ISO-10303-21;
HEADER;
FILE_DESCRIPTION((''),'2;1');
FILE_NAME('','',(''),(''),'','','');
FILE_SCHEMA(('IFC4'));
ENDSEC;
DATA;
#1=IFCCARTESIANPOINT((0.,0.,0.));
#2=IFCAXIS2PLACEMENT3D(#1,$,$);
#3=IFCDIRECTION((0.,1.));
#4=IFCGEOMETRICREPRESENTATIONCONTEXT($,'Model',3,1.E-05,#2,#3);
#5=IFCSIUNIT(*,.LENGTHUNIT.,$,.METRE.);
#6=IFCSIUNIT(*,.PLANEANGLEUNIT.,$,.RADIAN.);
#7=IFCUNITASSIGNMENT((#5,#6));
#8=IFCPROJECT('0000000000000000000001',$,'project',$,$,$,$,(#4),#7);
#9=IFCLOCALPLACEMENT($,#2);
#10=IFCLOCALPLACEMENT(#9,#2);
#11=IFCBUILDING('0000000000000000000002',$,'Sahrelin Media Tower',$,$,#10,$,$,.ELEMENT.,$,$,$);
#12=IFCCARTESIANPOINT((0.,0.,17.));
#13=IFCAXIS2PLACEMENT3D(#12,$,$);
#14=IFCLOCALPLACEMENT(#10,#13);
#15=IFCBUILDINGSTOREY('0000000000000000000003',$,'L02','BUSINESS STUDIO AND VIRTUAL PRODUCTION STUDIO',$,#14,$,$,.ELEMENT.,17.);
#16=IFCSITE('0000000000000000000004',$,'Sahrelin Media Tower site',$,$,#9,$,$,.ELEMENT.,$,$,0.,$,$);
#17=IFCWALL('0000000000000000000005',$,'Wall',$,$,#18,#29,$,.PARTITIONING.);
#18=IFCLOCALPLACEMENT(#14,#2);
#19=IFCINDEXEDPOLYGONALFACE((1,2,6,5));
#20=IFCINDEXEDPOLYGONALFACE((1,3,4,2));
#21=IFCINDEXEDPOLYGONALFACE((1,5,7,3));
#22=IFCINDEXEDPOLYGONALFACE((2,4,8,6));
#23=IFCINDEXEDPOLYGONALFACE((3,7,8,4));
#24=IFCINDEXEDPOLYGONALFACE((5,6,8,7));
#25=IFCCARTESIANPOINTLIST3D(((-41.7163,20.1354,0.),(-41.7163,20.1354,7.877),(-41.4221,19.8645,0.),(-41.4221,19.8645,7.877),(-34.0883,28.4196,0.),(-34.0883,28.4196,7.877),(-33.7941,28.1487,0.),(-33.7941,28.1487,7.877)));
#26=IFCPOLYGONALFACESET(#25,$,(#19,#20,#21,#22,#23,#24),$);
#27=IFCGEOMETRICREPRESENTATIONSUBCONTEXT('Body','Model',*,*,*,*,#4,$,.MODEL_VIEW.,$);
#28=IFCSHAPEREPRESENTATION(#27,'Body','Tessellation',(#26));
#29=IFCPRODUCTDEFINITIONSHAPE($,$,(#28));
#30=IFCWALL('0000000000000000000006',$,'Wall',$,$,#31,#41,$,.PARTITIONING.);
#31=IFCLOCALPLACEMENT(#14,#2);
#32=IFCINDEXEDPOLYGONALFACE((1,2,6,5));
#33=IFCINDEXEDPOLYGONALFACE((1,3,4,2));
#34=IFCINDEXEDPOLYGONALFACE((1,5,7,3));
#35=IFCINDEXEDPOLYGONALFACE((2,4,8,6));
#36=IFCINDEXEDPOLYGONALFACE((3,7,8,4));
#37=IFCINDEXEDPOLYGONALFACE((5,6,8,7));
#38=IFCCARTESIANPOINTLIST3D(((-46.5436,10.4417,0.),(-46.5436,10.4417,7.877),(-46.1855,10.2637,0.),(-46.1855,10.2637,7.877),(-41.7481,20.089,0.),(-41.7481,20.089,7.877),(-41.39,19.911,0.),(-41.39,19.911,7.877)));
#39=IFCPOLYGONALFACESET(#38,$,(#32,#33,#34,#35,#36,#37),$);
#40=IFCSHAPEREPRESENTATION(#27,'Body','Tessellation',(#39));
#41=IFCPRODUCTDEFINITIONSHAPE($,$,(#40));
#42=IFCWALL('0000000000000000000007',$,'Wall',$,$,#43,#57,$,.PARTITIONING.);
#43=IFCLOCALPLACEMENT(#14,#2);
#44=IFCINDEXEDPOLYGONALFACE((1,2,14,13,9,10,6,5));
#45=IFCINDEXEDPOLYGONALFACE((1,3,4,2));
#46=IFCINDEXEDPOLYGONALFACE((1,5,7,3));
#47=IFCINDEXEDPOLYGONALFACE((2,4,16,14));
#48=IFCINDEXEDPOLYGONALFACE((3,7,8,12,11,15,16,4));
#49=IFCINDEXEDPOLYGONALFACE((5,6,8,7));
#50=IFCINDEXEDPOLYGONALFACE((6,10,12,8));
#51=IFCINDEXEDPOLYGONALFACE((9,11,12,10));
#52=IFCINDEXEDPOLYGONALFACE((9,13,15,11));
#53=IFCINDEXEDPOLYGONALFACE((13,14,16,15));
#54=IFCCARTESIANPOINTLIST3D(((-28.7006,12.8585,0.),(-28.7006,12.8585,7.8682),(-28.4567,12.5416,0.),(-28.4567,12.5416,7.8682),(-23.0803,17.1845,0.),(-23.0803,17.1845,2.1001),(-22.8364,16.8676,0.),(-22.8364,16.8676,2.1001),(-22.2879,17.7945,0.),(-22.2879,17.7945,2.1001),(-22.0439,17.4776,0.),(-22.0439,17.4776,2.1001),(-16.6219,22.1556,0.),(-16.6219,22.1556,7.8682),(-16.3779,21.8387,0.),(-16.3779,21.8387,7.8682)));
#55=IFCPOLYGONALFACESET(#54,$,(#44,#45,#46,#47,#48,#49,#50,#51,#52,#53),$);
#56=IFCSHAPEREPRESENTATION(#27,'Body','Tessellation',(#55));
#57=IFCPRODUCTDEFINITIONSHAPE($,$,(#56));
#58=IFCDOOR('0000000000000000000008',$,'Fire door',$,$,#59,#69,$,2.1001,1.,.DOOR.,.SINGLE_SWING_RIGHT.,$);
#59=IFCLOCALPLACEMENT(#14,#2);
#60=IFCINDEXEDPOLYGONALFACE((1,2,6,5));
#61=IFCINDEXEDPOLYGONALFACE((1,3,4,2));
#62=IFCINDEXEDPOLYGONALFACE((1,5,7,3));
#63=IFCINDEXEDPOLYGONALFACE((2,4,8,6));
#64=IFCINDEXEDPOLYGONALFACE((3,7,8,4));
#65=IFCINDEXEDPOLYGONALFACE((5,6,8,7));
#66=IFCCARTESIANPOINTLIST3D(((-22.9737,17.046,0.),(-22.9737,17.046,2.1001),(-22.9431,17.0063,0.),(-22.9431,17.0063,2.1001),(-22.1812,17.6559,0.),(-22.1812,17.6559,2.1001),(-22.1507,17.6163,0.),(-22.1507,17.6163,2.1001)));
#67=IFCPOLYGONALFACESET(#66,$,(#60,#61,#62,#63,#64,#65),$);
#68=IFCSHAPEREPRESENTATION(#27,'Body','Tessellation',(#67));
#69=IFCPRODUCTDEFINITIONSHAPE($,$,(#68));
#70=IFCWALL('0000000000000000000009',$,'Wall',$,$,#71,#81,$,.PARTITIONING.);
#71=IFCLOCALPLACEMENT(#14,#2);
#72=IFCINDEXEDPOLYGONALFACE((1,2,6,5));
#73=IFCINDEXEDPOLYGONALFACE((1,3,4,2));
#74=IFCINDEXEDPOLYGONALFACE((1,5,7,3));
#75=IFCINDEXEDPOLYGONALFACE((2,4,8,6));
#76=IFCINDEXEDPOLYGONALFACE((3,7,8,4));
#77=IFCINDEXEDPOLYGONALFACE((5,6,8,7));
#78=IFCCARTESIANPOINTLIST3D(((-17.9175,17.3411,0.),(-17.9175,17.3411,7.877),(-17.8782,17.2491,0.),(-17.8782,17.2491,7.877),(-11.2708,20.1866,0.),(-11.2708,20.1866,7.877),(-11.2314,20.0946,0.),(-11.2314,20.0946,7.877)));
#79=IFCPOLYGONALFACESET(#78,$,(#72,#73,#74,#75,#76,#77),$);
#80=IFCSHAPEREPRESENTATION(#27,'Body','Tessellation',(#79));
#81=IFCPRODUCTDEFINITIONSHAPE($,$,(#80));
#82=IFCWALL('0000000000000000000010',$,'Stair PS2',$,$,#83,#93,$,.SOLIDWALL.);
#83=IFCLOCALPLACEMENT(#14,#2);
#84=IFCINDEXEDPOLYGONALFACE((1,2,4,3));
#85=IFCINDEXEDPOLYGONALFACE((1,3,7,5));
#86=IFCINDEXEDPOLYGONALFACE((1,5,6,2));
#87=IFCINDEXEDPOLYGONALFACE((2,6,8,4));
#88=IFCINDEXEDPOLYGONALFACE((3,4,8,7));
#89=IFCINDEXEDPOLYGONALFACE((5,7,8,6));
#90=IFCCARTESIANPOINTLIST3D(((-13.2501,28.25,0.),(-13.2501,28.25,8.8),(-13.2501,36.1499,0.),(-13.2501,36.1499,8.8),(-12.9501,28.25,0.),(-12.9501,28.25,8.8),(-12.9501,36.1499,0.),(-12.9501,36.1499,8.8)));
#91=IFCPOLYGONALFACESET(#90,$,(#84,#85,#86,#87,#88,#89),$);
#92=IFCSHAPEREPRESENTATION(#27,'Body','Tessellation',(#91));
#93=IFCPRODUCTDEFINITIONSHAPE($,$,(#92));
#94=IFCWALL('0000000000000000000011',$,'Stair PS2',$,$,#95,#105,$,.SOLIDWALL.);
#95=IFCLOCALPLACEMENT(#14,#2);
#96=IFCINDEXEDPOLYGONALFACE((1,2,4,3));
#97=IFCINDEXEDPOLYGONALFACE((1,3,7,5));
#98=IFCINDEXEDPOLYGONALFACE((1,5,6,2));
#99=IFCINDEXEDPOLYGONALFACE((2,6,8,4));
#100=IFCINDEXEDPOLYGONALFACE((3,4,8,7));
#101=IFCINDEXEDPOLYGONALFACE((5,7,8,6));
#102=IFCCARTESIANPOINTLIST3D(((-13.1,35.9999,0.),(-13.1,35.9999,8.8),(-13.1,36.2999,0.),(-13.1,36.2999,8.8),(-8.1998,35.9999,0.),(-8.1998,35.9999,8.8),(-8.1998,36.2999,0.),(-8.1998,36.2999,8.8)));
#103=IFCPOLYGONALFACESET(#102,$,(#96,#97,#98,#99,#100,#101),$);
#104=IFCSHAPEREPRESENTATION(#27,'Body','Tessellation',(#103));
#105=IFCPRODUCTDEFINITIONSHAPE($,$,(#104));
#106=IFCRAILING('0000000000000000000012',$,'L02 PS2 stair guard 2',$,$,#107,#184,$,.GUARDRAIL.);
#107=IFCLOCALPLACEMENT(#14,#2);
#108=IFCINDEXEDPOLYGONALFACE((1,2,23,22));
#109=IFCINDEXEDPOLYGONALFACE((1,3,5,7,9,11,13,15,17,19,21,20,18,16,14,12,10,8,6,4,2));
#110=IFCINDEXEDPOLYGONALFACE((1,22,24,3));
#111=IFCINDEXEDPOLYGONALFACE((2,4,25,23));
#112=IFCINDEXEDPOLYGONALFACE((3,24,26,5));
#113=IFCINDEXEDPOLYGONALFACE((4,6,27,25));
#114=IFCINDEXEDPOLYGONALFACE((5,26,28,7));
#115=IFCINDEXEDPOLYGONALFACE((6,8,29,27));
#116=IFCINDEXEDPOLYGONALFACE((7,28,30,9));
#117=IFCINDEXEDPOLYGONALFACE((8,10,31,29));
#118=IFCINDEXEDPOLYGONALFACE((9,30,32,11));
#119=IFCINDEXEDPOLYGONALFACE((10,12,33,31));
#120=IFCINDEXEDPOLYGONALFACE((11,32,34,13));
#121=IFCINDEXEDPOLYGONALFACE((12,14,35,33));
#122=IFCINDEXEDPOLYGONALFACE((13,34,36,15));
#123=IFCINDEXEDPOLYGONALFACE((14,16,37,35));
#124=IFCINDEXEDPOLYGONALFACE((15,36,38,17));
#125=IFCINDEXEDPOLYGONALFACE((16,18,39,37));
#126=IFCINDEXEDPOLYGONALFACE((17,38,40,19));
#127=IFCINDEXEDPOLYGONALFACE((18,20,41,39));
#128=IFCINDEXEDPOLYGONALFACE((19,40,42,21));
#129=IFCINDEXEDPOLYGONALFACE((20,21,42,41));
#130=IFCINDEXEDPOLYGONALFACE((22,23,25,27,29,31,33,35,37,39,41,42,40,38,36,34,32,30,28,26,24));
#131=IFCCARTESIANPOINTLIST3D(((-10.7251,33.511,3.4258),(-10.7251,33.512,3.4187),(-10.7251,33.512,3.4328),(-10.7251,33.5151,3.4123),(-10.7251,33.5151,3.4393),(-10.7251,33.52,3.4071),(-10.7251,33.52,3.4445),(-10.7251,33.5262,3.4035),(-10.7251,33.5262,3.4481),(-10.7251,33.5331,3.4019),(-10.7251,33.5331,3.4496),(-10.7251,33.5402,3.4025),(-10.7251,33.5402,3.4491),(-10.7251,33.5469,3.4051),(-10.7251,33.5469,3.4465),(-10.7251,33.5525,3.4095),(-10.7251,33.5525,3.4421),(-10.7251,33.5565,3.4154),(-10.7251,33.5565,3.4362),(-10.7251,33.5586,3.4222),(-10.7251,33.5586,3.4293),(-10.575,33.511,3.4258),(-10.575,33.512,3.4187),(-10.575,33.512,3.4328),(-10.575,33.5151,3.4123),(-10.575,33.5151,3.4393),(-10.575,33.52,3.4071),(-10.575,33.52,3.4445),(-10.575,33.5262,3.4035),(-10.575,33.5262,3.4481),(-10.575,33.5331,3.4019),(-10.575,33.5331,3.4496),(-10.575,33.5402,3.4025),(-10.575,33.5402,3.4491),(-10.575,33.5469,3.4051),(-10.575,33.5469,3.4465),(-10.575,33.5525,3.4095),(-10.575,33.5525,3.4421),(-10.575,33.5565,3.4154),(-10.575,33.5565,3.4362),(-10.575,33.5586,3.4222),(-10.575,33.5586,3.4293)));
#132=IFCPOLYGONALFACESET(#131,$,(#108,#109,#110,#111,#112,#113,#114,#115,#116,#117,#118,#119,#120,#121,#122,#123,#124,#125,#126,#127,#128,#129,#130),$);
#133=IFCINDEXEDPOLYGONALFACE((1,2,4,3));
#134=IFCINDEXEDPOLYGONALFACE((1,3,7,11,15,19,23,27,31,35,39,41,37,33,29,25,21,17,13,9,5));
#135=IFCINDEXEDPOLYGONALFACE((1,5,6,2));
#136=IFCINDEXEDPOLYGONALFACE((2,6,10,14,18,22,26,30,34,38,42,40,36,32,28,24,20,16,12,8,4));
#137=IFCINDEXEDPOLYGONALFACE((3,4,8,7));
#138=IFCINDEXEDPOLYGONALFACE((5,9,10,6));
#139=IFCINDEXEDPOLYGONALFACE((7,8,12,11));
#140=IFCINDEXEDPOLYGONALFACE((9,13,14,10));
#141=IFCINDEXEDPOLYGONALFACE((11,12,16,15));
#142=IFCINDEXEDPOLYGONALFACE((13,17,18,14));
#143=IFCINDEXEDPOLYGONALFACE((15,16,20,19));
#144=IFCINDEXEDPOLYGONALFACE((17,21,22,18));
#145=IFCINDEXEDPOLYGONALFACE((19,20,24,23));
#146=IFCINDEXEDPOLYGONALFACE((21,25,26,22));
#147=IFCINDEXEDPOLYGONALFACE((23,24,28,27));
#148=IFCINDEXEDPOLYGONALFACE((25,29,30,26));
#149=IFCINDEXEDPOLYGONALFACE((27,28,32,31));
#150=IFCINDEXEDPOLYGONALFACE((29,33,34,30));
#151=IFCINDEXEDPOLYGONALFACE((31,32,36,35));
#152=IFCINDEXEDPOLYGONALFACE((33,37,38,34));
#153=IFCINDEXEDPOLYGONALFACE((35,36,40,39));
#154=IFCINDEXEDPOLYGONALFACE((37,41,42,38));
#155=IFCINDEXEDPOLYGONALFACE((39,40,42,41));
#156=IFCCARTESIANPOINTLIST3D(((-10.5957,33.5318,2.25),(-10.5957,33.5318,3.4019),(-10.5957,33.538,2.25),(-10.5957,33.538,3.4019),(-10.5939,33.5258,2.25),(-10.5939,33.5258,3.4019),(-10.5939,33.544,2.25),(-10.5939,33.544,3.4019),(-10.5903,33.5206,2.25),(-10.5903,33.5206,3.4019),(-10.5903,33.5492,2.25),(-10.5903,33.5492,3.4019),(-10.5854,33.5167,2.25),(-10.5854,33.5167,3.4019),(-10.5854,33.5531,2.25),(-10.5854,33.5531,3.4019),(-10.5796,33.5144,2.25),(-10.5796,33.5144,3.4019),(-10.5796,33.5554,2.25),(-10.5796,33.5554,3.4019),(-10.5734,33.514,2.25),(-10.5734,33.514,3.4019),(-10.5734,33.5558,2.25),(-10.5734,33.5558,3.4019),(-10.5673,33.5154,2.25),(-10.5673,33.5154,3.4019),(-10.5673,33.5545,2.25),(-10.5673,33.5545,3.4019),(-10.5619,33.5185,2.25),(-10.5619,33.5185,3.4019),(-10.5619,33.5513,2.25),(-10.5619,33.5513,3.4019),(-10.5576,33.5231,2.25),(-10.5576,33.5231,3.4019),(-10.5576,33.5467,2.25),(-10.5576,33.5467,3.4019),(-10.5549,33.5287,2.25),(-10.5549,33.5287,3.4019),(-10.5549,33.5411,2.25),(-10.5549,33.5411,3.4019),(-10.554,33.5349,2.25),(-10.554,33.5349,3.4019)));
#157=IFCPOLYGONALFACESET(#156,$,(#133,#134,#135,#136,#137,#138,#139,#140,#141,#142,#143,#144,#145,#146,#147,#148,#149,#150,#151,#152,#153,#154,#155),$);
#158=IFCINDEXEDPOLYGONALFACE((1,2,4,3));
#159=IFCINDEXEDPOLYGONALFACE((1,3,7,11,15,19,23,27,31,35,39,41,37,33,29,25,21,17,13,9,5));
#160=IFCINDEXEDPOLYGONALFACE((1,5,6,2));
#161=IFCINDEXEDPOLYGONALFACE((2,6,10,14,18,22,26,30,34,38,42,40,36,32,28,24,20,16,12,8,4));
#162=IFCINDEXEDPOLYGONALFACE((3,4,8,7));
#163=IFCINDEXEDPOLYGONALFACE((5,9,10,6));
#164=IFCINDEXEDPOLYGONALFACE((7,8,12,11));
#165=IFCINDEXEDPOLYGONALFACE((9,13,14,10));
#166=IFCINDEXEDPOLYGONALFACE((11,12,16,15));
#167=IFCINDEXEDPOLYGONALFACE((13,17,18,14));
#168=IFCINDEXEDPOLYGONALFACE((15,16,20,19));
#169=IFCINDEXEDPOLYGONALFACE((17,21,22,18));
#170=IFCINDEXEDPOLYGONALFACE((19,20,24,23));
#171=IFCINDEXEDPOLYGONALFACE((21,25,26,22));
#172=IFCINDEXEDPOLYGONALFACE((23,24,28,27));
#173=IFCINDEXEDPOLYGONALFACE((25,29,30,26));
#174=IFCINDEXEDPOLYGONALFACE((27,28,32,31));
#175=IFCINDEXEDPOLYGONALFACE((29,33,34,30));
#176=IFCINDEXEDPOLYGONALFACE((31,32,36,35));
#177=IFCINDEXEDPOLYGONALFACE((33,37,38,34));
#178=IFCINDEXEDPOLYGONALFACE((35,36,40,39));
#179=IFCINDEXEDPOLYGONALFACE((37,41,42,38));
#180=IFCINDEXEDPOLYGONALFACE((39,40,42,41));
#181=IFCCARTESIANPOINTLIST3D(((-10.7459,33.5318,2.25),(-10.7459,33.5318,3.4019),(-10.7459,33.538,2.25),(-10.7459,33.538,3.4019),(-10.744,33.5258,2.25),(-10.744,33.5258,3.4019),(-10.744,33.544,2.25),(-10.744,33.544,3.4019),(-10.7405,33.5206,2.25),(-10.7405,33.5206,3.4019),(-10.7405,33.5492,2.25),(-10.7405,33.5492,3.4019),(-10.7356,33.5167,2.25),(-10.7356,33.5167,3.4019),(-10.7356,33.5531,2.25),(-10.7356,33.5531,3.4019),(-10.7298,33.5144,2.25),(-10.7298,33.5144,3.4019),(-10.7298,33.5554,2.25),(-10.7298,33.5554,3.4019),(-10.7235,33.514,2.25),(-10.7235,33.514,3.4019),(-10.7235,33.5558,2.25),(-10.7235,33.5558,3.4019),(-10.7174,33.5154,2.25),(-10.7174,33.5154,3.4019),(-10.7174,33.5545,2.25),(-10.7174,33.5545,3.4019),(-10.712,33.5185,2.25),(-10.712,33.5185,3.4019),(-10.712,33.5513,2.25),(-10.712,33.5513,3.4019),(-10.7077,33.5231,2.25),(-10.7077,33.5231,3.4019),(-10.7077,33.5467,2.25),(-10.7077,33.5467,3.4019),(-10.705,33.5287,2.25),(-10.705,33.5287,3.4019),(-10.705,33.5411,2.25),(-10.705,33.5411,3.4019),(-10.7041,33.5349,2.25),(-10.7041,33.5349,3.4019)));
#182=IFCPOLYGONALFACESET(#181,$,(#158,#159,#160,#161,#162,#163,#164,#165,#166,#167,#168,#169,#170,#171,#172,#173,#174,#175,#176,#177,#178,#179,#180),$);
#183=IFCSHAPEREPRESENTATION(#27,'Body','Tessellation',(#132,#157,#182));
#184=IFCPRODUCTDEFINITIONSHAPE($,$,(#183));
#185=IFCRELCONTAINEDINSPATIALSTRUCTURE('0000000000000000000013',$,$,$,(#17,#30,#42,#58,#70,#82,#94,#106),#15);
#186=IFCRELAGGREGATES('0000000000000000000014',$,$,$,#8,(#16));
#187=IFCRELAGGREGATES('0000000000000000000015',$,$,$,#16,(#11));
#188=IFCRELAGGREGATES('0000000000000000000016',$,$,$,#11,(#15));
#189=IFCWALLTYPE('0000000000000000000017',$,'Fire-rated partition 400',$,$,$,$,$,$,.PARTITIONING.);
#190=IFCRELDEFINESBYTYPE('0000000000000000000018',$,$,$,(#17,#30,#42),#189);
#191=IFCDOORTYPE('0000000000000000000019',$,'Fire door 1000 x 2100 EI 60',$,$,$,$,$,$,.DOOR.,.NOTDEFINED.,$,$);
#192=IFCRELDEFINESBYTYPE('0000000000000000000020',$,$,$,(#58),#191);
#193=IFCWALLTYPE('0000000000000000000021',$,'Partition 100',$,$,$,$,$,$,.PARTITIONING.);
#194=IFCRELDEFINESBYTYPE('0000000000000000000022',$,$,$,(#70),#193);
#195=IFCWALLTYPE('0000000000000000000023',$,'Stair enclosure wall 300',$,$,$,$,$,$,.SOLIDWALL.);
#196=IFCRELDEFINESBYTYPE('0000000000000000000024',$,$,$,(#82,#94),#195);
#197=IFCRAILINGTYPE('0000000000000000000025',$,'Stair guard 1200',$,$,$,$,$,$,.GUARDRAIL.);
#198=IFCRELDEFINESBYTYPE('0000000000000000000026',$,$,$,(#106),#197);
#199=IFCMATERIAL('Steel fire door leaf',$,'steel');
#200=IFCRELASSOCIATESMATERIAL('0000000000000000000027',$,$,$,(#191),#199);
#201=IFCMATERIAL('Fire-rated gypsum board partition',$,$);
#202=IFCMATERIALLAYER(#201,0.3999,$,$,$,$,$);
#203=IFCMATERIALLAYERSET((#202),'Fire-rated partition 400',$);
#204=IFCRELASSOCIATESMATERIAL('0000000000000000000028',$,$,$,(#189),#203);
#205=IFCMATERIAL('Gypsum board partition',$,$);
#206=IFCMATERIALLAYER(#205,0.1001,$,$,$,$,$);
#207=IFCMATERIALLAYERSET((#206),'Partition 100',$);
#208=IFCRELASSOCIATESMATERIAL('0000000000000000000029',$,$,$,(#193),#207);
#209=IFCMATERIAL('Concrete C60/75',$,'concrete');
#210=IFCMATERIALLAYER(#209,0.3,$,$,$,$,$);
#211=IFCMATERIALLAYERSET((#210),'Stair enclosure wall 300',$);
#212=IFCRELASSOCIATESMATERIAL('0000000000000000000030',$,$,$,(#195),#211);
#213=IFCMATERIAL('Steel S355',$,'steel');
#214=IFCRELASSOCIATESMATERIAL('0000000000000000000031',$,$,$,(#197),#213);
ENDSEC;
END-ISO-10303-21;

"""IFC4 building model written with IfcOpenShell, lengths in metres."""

from ifc_helpers import new_model, si_unit, direction, frame, frame_2d, origin, origin_2d, place, context, subcontext, project, spatial, rectangle, circle, extrude, material, layer, layer_set, type_object, element, fill, save


model = new_model("IFC4")

# Units and contexts
model_context = context("Model", 3, precision=1e-05, world=origin(), true_north=direction((0.0, 1.0)))
body_context = subcontext(model_context, "Body", "Model", "MODEL_VIEW")
ifc_project = project(units=[si_unit("LENGTHUNIT", "METRE"), si_unit("PLANEANGLEUNIT", "RADIAN")], contexts=[model_context])

# Site, building, storey
site_placement = place(None, origin())
site = spatial("IfcSite", under=ifc_project, at=site_placement, Name="Sahrelin Media Tower site", CompositionType="ELEMENT", RefElevation=0.0)
building_placement = place(site_placement, origin())
building = spatial("IfcBuilding", under=site, at=building_placement, Name="Sahrelin Media Tower", CompositionType="ELEMENT")
storey_placement = place(building_placement, frame((0.0, 0.0, 17.0)))
storey = spatial("IfcBuildingStorey", under=building, at=storey_placement, Name="L02", Description="BUSINESS STUDIO AND VIRTUAL PRODUCTION STUDIO", CompositionType="ELEMENT", Elevation=17.0)

# Shared definitions
ifc_material_1 = material(Name="Steel S355", Category="steel")

# Shared definitions
ifc_material_2 = material(Name="Fire-rated gypsum board partition")
ifc_material_3 = material(Name="Steel fire door leaf", Category="steel")
door_type = type_object("IfcDoorType", Name="Fire door 1000 x 2100 EI 60", OperationType="NOTDEFINED", PredefinedType="DOOR", material=ifc_material_3)

# Walls
ifc_layer_1 = layer(ifc_material_2, 0.3999)
ifc_layer_set_1 = layer_set([ifc_layer_1], Name="Fire-rated partition 400")
wall_type_1 = type_object("IfcWallType", Name="Fire-rated partition 400", PredefinedType="PARTITIONING", material=ifc_layer_set_1)
wall_1_placement = place(storey_placement, frame((-33.9412, 28.2842, 0.0), z_axis=(0.0, 0.0, 1.0), x_axis=(-0.677368, -0.735644, 0.0)))
element("IfcWall", 1, at=wall_1_placement, inside=storey, type_object=wall_type_1, Name="Wall", PredefinedType="PARTITIONING", context=body_context, shape_type="SweptSolid", body=[
    extrude(rectangle(XDim=11.2612, YDim=0.3999, at=frame_2d((5.6306, 0.0))), origin(), (0.0, 0.0, 1.0), 7.877),
])
wall_2_placement = place(storey_placement, frame((-41.5691, 20.0, 0.0), z_axis=(0.0, 0.0, 1.0), x_axis=(-0.445118, -0.895472, 0.0)))
element("IfcWall", 2, at=wall_2_placement, inside=storey, type_object=wall_type_1, Name="Wall", PredefinedType="PARTITIONING", context=body_context, shape_type="SweptSolid", body=[
    extrude(rectangle(XDim=10.7734, YDim=0.3999, at=frame_2d((5.3867, 0.0))), origin(), (0.0, 0.0, 1.0), 7.877),
])

# Wall, opening, door
wall_3_placement = place(storey_placement, frame((-16.5, 21.9971, 0.0), z_axis=(0.0, 0.0, 1.0), x_axis=(-0.792444, -0.609945, 0.0)))
wall_3 = element("IfcWall", 3, at=wall_3_placement, inside=storey, type_object=wall_type_1, Name="Wall", PredefinedType="PARTITIONING", context=body_context, shape_type="SweptSolid", body=[
    extrude(rectangle(XDim=15.2424, YDim=0.3999, at=frame_2d((7.6211, 0.0))), origin(), (0.0, 0.0, 1.0), 7.8682),
])
opening_1_placement = place(wall_3_placement, frame((7.1499, 0.0, 0.0)))
opening_1 = element("IfcOpeningElement", 4, at=opening_1_placement, cuts=wall_3, PredefinedType="OPENING", context=body_context, shape_type="SweptSolid", body=[
    extrude(rectangle(XDim=1.0, YDim=2.1001, at=frame_2d((0.5, 1.05))), frame((0.0, 0.2, 0.0), z_axis=(0.0, -1.0, 0.0), x_axis=(1.0, 0.0, 0.0)), (0.0, 0.0, 1.0), 0.3999),
])
door_1_placement = place(opening_1_placement, origin())
door_1 = element("IfcDoor", 5, at=door_1_placement, inside=storey, type_object=door_type, Name="Fire door", OperationType="SINGLE_SWING_RIGHT", OverallHeight=2.1001, OverallWidth=1.0, PredefinedType="DOOR", context=body_context, shape_type="SweptSolid", body=[
    extrude(rectangle(XDim=1.0, YDim=2.1001, at=frame_2d((0.5, 1.05))), frame((0.0, 0.0249, 0.0), z_axis=(0.0, -1.0, 0.0), x_axis=(1.0, 0.0, 0.0)), (0.0, 0.0, 1.0), 0.05),
])
fill(opening_1, door_1)

# Walls
ifc_material_4 = material(Name="Gypsum board partition")
ifc_layer_2 = layer(ifc_material_4, 0.1001)
ifc_layer_set_2 = layer_set([ifc_layer_2], Name="Partition 100")
wall_type_2 = type_object("IfcWallType", Name="Partition 100", PredefinedType="PARTITIONING", material=ifc_layer_set_2)
wall_4_placement = place(storey_placement, frame((-11.251, 20.1406, 0.0), z_axis=(0.0, 0.0, 1.0), x_axis=(-0.919302, -0.393552, 0.0)))
element("IfcWall", 6, at=wall_4_placement, inside=storey, type_object=wall_type_2, Name="Wall", PredefinedType="PARTITIONING", context=body_context, shape_type="SweptSolid", body=[
    extrude(rectangle(XDim=7.2302, YDim=0.1001, at=frame_2d((3.6152, 0.0))), origin(), (0.0, 0.0, 1.0), 7.877),
])
ifc_material_5 = material(Name="Concrete C60/75", Category="concrete")
ifc_layer_3 = layer(ifc_material_5, 0.3)
ifc_layer_set_3 = layer_set([ifc_layer_3], Name="Stair enclosure wall 300")
wall_type_3 = type_object("IfcWallType", Name="Stair enclosure wall 300", PredefinedType="SOLIDWALL", material=ifc_layer_set_3)
wall_5_placement = place(storey_placement, frame((-13.1001, 28.25, 0.0), z_axis=(0.0, 0.0, 1.0), x_axis=(0.0, 1.0, 0.0)))
element("IfcWall", 7, at=wall_5_placement, inside=storey, type_object=wall_type_3, Name="Stair PS2", PredefinedType="SOLIDWALL", context=body_context, shape_type="SweptSolid", body=[
    extrude(rectangle(XDim=7.8999, YDim=0.3, at=frame_2d((3.95, 0.0))), origin(), (0.0, 0.0, 1.0), 8.8),
])
wall_6_placement = place(storey_placement, frame((-13.1001, 36.1499, 0.0), z_axis=(0.0, 0.0, 1.0), x_axis=(1.0, 0.0, 0.0)))
element("IfcWall", 8, at=wall_6_placement, inside=storey, type_object=wall_type_3, Name="Stair PS2", PredefinedType="SOLIDWALL", context=body_context, shape_type="SweptSolid", body=[
    extrude(rectangle(XDim=4.9001, YDim=0.3, at=frame_2d((2.4502, 0.0))), origin(), (0.0, 0.0, 1.0), 8.8),
])

# Railing
railing_type_1 = type_object("IfcRailingType", Name="Stair guard 1200", PredefinedType="GUARDRAIL", material=ifc_material_1)
railing_1_placement = place(storey_placement, frame((-10.575, 33.5349, 2.25)))
element("IfcRailing", 9, at=railing_1_placement, inside=storey, type_object=railing_type_1, Name="L02 PS2 stair guard 2", PredefinedType="GUARDRAIL", context=body_context, shape_type="SweptSolid", body=[
    extrude(circle(Radius=0.0239, at=origin_2d()), frame((0.0, 0.0, 1.1758), z_axis=(-1.0, 0.0, 0.0), x_axis=(0.0, -1.0, 0.0)), (0.0, 0.0, 1.0), 0.1501),
    extrude(circle(Radius=0.021, at=origin_2d()), origin(), (0.0, 0.0, 1.0), 1.1519),
    extrude(circle(Radius=0.021, at=origin_2d()), frame((-0.1501, 0.0, 0.0)), (0.0, 0.0, 1.0), 1.1519),
])

save(model, "model.ifc")
